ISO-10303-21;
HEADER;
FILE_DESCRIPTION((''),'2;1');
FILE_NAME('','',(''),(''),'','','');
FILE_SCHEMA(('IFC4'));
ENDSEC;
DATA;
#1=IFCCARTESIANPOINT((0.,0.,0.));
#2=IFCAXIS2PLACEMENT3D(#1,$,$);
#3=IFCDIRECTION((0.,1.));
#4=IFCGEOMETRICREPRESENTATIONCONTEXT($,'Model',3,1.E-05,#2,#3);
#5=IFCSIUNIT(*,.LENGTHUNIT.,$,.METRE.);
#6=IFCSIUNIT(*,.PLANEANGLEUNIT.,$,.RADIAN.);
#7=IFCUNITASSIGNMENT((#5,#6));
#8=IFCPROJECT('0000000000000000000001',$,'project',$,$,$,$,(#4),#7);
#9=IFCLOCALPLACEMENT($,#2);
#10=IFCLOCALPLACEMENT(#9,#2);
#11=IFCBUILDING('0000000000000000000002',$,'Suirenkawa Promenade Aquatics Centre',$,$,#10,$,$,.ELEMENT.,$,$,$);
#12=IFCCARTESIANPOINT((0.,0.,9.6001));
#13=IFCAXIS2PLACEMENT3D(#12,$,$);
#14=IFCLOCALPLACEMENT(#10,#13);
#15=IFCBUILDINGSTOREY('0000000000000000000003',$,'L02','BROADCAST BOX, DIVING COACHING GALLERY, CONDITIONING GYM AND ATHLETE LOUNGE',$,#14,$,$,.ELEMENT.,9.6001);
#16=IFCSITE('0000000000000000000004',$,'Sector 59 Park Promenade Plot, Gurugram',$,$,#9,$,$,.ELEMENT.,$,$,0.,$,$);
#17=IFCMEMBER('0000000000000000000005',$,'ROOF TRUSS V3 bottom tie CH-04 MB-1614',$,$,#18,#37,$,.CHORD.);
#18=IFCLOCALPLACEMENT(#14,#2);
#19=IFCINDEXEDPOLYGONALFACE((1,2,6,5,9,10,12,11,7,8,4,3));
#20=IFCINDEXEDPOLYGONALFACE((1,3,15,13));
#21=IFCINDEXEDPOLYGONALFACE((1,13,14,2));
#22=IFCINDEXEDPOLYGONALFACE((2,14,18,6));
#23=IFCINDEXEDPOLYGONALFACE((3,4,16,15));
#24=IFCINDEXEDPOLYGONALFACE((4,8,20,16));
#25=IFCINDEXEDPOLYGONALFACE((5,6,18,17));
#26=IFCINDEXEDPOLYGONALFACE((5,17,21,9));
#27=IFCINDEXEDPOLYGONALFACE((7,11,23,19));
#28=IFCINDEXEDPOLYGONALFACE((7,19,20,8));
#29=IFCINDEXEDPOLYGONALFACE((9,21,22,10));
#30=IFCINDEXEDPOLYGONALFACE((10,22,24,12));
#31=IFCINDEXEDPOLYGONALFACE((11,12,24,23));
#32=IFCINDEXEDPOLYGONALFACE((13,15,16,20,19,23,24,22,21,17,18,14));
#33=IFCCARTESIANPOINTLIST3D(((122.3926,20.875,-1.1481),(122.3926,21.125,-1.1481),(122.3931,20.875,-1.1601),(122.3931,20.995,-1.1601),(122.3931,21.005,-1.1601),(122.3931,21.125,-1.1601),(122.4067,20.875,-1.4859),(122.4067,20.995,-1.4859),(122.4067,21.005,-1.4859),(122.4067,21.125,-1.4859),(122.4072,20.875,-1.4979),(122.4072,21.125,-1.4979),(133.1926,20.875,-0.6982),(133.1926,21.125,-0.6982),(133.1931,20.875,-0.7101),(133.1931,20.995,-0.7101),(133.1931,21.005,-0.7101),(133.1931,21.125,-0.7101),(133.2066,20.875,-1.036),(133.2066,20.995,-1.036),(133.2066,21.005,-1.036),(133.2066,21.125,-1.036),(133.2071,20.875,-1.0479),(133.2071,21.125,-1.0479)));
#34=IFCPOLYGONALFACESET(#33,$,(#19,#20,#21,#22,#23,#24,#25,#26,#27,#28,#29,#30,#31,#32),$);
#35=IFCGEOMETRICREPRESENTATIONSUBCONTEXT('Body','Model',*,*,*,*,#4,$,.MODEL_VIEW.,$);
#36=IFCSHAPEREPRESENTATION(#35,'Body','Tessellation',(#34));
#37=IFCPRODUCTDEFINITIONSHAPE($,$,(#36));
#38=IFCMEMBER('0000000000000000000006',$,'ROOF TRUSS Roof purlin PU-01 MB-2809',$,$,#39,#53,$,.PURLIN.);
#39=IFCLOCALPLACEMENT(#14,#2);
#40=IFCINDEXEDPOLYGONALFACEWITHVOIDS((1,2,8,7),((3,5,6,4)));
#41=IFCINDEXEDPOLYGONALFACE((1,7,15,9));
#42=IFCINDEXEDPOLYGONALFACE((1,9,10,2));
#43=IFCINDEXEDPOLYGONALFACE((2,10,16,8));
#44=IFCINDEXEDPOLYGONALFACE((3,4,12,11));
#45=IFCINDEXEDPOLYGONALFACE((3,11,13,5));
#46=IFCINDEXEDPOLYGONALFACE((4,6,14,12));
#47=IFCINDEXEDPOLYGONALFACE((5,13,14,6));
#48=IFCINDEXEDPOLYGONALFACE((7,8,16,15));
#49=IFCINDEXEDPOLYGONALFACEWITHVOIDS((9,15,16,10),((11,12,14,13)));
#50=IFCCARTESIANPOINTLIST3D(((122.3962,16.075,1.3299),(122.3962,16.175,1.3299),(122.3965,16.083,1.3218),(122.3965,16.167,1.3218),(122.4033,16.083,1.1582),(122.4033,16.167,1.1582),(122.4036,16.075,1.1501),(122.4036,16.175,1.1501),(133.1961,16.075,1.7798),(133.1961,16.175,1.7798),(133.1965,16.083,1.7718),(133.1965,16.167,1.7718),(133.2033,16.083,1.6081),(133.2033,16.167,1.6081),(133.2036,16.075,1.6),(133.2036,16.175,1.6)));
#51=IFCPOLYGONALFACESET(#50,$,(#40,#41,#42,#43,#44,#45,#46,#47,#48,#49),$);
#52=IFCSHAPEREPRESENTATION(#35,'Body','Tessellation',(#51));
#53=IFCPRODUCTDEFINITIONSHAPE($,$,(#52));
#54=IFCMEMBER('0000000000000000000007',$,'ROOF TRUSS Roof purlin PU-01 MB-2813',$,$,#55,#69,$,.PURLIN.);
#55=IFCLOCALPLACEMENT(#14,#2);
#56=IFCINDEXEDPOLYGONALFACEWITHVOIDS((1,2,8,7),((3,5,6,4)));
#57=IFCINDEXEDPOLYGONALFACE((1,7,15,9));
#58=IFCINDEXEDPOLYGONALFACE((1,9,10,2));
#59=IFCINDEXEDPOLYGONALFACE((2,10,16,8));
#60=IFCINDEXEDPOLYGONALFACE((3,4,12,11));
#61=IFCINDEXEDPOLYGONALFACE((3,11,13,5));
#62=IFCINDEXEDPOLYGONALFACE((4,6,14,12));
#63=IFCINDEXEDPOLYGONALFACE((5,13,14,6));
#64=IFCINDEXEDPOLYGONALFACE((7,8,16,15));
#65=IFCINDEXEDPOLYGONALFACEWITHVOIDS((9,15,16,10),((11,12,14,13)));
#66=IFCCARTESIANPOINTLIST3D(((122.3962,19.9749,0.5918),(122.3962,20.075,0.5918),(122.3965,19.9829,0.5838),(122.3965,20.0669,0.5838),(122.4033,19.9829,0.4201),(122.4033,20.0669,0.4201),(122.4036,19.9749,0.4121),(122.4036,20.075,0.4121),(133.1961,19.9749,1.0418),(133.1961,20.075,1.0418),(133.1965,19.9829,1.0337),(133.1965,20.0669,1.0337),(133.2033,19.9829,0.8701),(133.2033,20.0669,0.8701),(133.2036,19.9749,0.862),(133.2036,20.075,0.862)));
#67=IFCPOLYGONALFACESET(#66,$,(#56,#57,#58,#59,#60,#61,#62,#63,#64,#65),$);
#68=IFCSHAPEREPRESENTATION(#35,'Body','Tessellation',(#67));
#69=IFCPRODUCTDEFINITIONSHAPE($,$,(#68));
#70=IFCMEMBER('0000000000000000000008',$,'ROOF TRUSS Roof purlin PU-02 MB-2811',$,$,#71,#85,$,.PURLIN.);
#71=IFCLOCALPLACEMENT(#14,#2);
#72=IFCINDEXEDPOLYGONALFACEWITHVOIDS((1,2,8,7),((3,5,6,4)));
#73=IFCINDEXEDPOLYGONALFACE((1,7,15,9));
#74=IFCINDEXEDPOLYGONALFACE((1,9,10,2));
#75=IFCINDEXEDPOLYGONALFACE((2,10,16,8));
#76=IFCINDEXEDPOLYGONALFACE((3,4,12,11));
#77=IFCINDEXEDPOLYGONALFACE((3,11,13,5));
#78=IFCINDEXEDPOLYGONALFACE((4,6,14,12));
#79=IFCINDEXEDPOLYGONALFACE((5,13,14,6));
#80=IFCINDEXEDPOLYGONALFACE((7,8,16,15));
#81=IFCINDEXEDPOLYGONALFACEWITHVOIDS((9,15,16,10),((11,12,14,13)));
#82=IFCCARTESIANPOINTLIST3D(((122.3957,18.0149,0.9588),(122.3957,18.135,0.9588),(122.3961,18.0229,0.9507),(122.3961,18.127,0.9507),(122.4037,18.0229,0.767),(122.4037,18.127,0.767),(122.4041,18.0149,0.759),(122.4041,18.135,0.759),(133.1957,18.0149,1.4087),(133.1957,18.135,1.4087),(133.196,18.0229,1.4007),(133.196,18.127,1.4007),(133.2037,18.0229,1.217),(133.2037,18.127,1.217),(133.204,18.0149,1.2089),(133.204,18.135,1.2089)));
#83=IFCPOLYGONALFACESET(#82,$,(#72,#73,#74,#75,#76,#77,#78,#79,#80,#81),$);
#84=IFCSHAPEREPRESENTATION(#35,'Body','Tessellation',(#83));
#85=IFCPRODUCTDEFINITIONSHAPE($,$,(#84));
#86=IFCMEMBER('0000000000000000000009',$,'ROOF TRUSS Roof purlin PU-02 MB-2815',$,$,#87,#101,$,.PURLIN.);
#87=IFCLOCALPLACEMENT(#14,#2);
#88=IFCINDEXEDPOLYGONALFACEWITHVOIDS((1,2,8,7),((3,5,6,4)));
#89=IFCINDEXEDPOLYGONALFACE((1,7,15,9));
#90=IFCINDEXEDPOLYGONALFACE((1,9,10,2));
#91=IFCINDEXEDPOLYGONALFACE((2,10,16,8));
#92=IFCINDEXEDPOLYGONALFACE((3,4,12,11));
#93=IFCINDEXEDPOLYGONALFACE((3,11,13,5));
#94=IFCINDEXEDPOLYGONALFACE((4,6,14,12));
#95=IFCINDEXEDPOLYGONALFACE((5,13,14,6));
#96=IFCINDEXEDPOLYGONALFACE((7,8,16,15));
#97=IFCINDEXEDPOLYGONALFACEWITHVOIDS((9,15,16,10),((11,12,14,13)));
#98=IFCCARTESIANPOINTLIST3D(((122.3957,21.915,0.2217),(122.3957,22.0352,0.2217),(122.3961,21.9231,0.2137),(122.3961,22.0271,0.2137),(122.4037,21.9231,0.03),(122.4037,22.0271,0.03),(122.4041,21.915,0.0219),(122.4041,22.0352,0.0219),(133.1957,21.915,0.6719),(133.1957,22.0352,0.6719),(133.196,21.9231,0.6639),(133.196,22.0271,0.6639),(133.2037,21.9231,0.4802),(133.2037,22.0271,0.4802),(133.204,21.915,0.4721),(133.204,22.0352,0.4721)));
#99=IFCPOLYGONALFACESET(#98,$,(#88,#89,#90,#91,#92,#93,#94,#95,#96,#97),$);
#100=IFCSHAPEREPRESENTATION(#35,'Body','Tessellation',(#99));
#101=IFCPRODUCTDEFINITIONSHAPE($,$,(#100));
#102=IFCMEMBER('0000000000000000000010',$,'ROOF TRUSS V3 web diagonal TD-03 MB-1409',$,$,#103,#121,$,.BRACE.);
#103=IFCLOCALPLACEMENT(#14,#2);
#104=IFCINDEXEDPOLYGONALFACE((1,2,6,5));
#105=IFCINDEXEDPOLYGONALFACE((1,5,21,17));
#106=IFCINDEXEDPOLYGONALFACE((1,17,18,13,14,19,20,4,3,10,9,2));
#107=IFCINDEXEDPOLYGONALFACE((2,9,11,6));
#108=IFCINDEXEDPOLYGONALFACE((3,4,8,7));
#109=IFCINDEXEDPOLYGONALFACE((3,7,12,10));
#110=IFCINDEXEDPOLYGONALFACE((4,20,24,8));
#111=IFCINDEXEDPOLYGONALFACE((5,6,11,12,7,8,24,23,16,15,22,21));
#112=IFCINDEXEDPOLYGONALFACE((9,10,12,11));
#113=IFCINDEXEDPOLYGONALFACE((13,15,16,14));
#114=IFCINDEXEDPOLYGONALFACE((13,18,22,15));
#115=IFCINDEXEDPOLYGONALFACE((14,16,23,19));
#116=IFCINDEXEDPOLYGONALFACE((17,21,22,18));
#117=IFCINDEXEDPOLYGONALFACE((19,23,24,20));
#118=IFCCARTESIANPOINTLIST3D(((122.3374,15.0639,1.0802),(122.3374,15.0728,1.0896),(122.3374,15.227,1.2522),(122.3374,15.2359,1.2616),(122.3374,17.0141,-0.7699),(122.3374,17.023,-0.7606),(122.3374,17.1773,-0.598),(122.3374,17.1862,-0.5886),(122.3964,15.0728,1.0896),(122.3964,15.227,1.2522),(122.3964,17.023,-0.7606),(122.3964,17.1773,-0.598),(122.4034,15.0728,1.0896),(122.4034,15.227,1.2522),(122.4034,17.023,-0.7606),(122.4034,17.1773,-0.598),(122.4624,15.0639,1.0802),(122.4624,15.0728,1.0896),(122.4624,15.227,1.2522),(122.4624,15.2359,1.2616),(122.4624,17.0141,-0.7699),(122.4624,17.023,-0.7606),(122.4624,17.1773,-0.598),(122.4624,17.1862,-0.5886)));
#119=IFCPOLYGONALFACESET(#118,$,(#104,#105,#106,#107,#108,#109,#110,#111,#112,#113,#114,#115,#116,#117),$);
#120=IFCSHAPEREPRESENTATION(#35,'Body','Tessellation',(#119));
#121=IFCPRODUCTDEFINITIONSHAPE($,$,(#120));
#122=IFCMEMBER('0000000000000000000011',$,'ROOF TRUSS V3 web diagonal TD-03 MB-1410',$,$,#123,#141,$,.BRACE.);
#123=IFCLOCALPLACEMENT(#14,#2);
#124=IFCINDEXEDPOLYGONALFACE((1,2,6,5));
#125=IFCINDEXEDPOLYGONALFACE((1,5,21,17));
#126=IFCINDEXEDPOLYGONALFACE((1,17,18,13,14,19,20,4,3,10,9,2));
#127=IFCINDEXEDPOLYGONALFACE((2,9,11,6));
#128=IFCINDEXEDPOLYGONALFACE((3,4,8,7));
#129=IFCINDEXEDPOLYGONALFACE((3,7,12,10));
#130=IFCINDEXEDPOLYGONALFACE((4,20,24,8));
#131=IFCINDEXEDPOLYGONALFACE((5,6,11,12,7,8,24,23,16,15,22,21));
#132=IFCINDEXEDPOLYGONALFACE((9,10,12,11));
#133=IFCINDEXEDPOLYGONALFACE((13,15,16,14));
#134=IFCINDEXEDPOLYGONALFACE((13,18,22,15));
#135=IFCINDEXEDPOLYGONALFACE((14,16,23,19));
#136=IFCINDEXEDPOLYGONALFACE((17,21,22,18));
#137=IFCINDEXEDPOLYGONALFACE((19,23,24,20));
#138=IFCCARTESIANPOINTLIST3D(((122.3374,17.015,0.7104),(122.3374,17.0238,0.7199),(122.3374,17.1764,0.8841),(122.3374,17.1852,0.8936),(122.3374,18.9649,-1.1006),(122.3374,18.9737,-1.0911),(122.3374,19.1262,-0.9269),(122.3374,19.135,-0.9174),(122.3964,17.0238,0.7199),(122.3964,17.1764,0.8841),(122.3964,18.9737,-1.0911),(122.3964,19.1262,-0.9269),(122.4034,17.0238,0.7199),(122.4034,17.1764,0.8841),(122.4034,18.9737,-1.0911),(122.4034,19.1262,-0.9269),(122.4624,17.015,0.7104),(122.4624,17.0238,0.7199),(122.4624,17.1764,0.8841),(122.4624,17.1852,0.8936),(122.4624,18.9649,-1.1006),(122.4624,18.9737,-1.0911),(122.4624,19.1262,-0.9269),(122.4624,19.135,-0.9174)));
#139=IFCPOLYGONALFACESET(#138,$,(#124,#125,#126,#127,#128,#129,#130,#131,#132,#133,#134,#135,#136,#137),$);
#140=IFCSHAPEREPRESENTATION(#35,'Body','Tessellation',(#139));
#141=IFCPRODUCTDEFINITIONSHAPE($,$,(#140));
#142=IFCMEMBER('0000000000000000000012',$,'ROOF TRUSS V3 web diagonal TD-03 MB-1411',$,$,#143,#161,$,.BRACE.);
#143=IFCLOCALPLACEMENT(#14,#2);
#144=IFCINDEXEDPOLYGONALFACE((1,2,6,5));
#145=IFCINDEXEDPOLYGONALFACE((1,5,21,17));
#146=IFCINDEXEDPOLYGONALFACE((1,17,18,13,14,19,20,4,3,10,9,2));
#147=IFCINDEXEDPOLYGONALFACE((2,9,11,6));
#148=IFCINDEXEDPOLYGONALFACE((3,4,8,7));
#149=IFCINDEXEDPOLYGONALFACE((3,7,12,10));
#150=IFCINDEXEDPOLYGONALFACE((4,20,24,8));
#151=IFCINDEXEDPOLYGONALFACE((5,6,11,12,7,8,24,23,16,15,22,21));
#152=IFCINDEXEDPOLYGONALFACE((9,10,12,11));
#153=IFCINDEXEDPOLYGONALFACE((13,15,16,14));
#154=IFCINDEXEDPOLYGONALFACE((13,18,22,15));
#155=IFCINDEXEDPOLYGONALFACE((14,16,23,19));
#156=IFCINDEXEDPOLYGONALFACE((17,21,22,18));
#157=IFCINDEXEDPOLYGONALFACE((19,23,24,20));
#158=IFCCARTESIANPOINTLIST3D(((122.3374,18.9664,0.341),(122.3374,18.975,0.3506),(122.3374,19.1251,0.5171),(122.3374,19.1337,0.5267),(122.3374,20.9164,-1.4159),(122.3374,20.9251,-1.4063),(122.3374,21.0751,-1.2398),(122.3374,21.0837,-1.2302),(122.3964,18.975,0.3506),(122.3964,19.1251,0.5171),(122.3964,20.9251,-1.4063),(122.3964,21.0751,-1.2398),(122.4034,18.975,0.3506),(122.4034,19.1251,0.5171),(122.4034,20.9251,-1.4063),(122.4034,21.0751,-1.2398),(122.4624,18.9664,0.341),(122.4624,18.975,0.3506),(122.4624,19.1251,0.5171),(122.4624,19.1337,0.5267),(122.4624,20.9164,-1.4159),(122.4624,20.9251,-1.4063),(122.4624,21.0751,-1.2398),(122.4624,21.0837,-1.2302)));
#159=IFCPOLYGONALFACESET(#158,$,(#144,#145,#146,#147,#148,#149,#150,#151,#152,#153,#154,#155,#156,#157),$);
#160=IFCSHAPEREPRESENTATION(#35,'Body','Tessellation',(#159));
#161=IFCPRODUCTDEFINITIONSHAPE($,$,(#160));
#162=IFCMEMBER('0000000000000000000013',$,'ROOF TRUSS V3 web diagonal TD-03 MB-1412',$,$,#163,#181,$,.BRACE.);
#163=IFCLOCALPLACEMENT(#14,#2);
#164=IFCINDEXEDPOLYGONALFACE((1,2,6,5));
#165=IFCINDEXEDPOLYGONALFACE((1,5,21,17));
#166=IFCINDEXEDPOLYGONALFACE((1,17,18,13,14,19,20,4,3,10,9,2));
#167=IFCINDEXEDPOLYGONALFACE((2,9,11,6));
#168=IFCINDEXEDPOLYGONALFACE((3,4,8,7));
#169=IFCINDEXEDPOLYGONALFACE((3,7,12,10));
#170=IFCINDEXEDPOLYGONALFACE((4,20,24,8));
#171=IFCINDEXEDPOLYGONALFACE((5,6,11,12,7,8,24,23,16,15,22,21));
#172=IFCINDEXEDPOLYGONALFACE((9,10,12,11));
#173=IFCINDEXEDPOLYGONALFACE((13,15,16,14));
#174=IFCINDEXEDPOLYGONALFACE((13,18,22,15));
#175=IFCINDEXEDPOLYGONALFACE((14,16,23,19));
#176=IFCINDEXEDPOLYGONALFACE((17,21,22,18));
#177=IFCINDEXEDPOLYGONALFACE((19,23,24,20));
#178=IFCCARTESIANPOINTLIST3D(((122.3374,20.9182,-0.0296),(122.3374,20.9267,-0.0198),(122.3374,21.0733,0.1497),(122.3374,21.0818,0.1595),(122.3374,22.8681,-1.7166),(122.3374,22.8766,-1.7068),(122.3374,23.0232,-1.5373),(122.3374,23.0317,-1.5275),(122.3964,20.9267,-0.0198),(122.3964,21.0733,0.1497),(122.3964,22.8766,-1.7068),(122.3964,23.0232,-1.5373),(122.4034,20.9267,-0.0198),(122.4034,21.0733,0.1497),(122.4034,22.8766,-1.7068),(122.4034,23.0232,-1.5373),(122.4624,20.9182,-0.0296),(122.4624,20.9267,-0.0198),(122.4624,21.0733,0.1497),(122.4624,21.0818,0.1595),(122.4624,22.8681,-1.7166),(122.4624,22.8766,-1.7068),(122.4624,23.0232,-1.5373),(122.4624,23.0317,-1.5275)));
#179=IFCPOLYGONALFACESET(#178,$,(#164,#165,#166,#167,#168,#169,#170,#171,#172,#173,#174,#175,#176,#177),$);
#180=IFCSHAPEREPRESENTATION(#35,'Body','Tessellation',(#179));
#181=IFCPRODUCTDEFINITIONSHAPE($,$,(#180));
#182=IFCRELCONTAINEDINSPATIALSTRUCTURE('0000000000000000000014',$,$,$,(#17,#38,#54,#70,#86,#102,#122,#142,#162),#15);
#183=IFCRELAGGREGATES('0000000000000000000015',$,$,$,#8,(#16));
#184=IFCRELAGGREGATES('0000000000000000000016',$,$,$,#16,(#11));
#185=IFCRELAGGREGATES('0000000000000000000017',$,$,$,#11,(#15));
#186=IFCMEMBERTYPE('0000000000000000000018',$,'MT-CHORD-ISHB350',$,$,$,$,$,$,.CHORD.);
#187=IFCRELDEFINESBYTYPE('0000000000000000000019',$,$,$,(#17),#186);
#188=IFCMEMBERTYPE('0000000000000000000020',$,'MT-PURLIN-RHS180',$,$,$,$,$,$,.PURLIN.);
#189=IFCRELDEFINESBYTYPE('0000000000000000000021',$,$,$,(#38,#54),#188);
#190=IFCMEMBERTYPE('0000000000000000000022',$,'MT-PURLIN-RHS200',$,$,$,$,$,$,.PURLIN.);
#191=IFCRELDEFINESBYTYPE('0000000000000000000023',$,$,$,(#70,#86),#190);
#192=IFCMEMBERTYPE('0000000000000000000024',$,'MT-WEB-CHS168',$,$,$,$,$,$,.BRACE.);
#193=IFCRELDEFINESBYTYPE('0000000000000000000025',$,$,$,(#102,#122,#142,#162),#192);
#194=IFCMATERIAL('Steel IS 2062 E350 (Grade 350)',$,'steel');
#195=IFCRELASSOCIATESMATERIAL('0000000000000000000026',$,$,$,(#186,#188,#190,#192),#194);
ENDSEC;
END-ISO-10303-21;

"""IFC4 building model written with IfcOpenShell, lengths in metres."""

from ifc_helpers import new_model, si_unit, direction, frame, origin, origin_2d, place, context, subcontext, project, spatial, hollow_rectangle, i_section, extrude, material, material_profile, profile_set, type_object, element, save


model = new_model("IFC4")

# Units and contexts
model_context = context("Model", 3, precision=1e-05, world=origin(), true_north=direction((0.0, 1.0)))
body_context = subcontext(model_context, "Body", "Model", "MODEL_VIEW")
ifc_project = project(units=[si_unit("LENGTHUNIT", "METRE"), si_unit("PLANEANGLEUNIT", "RADIAN")], contexts=[model_context])

# Site, building, storey
site_placement = place(None, origin())
site = spatial("IfcSite", under=ifc_project, at=site_placement, Name="Sector 59 Park Promenade Plot, Gurugram", CompositionType="ELEMENT", RefElevation=0.0)
building_placement = place(site_placement, origin())
building = spatial("IfcBuilding", under=site, at=building_placement, Name="Suirenkawa Promenade Aquatics Centre", CompositionType="ELEMENT")
storey_placement = place(building_placement, frame((0.0, 0.0, 9.6001)))
storey = spatial("IfcBuildingStorey", under=building, at=storey_placement, Name="L02", Description="BROADCAST BOX, DIVING COACHING GALLERY, CONDITIONING GYM AND ATHLETE LOUNGE", CompositionType="ELEMENT", Elevation=9.6001)

# Shared definitions
ifc_material = material(Name="Steel IS 2062 E350 (Grade 350)", Category="steel")

# Members
ifc_material_profile_1 = material_profile(ifc_material, i_section(OverallWidth=0.25, OverallDepth=0.3501, WebThickness=0.01, FlangeThickness=0.012, at=origin_2d()), Name="ISHB 350", Category="steel")
ifc_profile_set_1 = profile_set([ifc_material_profile_1], Name="Steel IS 2062 E350 (Grade 350)")
member_type_1 = type_object("IfcMemberType", Name="MT-CHORD-ISHB350", PredefinedType="CHORD", material=ifc_profile_set_1)
member_1_placement = place(storey_placement, frame((122.3999, 21.0, -1.323), z_axis=(0.999133, 0.0, 0.041626), x_axis=(0.0, 1.0, 0.0)))
element("IfcMember", 1, at=member_1_placement, inside=storey, type_object=member_type_1, Name="ROOF TRUSS V3 bottom tie CH-04 MB-1614", PredefinedType="CHORD", context=body_context, shape_type="SweptSolid", body=[
    extrude(i_section(OverallWidth=0.25, OverallDepth=0.3501, WebThickness=0.01, FlangeThickness=0.012, at=origin_2d()), origin(), (0.0, 0.0, 1.0), 10.8093),
])
ifc_material_profile_2 = material_profile(ifc_material, hollow_rectangle(XDim=0.1001, YDim=0.1799, WallThickness=0.0081, at=origin_2d()), Name="RHS 180x100x8", Category="steel")
ifc_profile_set_2 = profile_set([ifc_material_profile_2], Name="Steel IS 2062 E350 (Grade 350)")
member_type_2 = type_object("IfcMemberType", Name="MT-PURLIN-RHS180", PredefinedType="PURLIN", material=ifc_profile_set_2)
for number, where, z_axis, x_axis, name in (
    (2, (122.3999, 16.125, 1.24), (0.999133, 0.0, 0.041626), (0.0, 1.0, 0.0), "ROOF TRUSS Roof purlin PU-01 MB-2809"),
    (3, (122.3999, 20.0249, 0.502), (0.999133, 0.0, 0.041626), (0.0, 1.0, 0.0), "ROOF TRUSS Roof purlin PU-01 MB-2813"),
):
    element("IfcMember", number, at=place(storey_placement, frame(where, z_axis=z_axis, x_axis=x_axis)), inside=storey, type_object=member_type_2, Name=name, PredefinedType="PURLIN", context=body_context, shape_type="SweptSolid", body=[
        extrude(hollow_rectangle(XDim=0.1001, YDim=0.1799, WallThickness=0.0081, at=origin_2d()), origin(), (0.0, 0.0, 1.0), 10.8093),
    ])
ifc_material_profile_3 = material_profile(ifc_material, hollow_rectangle(XDim=0.1201, YDim=0.2, WallThickness=0.0081, at=origin_2d()), Name="RHS 200x120x8", Category="steel")
ifc_profile_set_3 = profile_set([ifc_material_profile_3], Name="Steel IS 2062 E350 (Grade 350)")
member_type_3 = type_object("IfcMemberType", Name="MT-PURLIN-RHS200", PredefinedType="PURLIN", material=ifc_profile_set_3)
for number, where, z_axis, x_axis, name in (
    (4, (122.3999, 18.075, 0.8589), (0.999133, 0.0, 0.041626), (0.0, 1.0, 0.0), "ROOF TRUSS Roof purlin PU-02 MB-2811"),
    (5, (122.3999, 21.9751, 0.1218), (0.999132, 0.0, 0.041648), (0.0, 1.0, 0.0), "ROOF TRUSS Roof purlin PU-02 MB-2815"),
):
    element("IfcMember", number, at=place(storey_placement, frame(where, z_axis=z_axis, x_axis=x_axis)), inside=storey, type_object=member_type_3, Name=name, PredefinedType="PURLIN", context=body_context, shape_type="SweptSolid", body=[
        extrude(hollow_rectangle(XDim=0.1201, YDim=0.2, WallThickness=0.0081, at=origin_2d()), origin(), (0.0, 0.0, 1.0), 10.8093),
    ])
ifc_material_profile_4 = material_profile(ifc_material, i_section(OverallWidth=0.125, OverallDepth=0.25, WebThickness=0.0071, FlangeThickness=0.0129, at=origin_2d()), Name="ISMB 250", Category="steel")
ifc_profile_set_4 = profile_set([ifc_material_profile_4], Name="Steel IS 2062 E350 (Grade 350)")
member_type_4 = type_object("IfcMemberType", Name="MT-WEB-CHS168", PredefinedType="BRACE", material=ifc_profile_set_4)
member_2_placement = place(storey_placement, frame((122.3999, 15.1499, 1.1709), z_axis=(0.0, 0.72548, -0.688243), x_axis=(-1.0, 0.0, 0.0)))
element("IfcMember", 6, at=member_2_placement, inside=storey, type_object=member_type_4, Name="ROOF TRUSS V3 web diagonal TD-03 MB-1409", PredefinedType="BRACE", context=body_context, shape_type="SweptSolid", body=[
    extrude(i_section(OverallWidth=0.125, OverallDepth=0.25, WebThickness=0.0071, FlangeThickness=0.0129, at=origin_2d()), origin(), (0.0, 0.0, 1.0), 2.6882),
])
member_3_placement = place(storey_placement, frame((122.3999, 17.1001, 0.802), z_axis=(0.0, 0.732725, -0.680525), x_axis=(-1.0, 0.0, 0.0)))
element("IfcMember", 7, at=member_3_placement, inside=storey, type_object=member_type_4, Name="ROOF TRUSS V3 web diagonal TD-03 MB-1410", PredefinedType="BRACE", context=body_context, shape_type="SweptSolid", body=[
    extrude(i_section(OverallWidth=0.125, OverallDepth=0.25, WebThickness=0.0071, FlangeThickness=0.0129, at=origin_2d()), origin(), (0.0, 0.0, 1.0), 2.6611),
])
member_4_placement = place(storey_placement, frame((122.3999, 19.05, 0.4338), z_axis=(0.0, 0.742938, -0.66936), x_axis=(-1.0, 0.0, 0.0)))
element("IfcMember", 8, at=member_4_placement, inside=storey, type_object=member_type_4, Name="ROOF TRUSS V3 web diagonal TD-03 MB-1411", PredefinedType="BRACE", context=body_context, shape_type="SweptSolid", body=[
    extrude(i_section(OverallWidth=0.125, OverallDepth=0.25, WebThickness=0.0071, FlangeThickness=0.0129, at=origin_2d()), origin(), (0.0, 0.0, 1.0), 2.6248),
])
member_5_placement = place(storey_placement, frame((122.3999, 21.0, 0.0649), z_axis=(0.0, 0.756254, -0.654278), x_axis=(-1.0, 0.0, 0.0)))
element("IfcMember", 9, at=member_5_placement, inside=storey, type_object=member_type_4, Name="ROOF TRUSS V3 web diagonal TD-03 MB-1412", PredefinedType="BRACE", context=body_context, shape_type="SweptSolid", body=[
    extrude(i_section(OverallWidth=0.125, OverallDepth=0.25, WebThickness=0.0071, FlangeThickness=0.0129, at=origin_2d()), origin(), (0.0, 0.0, 1.0), 2.5784),
])

save(model, "model.ifc")
